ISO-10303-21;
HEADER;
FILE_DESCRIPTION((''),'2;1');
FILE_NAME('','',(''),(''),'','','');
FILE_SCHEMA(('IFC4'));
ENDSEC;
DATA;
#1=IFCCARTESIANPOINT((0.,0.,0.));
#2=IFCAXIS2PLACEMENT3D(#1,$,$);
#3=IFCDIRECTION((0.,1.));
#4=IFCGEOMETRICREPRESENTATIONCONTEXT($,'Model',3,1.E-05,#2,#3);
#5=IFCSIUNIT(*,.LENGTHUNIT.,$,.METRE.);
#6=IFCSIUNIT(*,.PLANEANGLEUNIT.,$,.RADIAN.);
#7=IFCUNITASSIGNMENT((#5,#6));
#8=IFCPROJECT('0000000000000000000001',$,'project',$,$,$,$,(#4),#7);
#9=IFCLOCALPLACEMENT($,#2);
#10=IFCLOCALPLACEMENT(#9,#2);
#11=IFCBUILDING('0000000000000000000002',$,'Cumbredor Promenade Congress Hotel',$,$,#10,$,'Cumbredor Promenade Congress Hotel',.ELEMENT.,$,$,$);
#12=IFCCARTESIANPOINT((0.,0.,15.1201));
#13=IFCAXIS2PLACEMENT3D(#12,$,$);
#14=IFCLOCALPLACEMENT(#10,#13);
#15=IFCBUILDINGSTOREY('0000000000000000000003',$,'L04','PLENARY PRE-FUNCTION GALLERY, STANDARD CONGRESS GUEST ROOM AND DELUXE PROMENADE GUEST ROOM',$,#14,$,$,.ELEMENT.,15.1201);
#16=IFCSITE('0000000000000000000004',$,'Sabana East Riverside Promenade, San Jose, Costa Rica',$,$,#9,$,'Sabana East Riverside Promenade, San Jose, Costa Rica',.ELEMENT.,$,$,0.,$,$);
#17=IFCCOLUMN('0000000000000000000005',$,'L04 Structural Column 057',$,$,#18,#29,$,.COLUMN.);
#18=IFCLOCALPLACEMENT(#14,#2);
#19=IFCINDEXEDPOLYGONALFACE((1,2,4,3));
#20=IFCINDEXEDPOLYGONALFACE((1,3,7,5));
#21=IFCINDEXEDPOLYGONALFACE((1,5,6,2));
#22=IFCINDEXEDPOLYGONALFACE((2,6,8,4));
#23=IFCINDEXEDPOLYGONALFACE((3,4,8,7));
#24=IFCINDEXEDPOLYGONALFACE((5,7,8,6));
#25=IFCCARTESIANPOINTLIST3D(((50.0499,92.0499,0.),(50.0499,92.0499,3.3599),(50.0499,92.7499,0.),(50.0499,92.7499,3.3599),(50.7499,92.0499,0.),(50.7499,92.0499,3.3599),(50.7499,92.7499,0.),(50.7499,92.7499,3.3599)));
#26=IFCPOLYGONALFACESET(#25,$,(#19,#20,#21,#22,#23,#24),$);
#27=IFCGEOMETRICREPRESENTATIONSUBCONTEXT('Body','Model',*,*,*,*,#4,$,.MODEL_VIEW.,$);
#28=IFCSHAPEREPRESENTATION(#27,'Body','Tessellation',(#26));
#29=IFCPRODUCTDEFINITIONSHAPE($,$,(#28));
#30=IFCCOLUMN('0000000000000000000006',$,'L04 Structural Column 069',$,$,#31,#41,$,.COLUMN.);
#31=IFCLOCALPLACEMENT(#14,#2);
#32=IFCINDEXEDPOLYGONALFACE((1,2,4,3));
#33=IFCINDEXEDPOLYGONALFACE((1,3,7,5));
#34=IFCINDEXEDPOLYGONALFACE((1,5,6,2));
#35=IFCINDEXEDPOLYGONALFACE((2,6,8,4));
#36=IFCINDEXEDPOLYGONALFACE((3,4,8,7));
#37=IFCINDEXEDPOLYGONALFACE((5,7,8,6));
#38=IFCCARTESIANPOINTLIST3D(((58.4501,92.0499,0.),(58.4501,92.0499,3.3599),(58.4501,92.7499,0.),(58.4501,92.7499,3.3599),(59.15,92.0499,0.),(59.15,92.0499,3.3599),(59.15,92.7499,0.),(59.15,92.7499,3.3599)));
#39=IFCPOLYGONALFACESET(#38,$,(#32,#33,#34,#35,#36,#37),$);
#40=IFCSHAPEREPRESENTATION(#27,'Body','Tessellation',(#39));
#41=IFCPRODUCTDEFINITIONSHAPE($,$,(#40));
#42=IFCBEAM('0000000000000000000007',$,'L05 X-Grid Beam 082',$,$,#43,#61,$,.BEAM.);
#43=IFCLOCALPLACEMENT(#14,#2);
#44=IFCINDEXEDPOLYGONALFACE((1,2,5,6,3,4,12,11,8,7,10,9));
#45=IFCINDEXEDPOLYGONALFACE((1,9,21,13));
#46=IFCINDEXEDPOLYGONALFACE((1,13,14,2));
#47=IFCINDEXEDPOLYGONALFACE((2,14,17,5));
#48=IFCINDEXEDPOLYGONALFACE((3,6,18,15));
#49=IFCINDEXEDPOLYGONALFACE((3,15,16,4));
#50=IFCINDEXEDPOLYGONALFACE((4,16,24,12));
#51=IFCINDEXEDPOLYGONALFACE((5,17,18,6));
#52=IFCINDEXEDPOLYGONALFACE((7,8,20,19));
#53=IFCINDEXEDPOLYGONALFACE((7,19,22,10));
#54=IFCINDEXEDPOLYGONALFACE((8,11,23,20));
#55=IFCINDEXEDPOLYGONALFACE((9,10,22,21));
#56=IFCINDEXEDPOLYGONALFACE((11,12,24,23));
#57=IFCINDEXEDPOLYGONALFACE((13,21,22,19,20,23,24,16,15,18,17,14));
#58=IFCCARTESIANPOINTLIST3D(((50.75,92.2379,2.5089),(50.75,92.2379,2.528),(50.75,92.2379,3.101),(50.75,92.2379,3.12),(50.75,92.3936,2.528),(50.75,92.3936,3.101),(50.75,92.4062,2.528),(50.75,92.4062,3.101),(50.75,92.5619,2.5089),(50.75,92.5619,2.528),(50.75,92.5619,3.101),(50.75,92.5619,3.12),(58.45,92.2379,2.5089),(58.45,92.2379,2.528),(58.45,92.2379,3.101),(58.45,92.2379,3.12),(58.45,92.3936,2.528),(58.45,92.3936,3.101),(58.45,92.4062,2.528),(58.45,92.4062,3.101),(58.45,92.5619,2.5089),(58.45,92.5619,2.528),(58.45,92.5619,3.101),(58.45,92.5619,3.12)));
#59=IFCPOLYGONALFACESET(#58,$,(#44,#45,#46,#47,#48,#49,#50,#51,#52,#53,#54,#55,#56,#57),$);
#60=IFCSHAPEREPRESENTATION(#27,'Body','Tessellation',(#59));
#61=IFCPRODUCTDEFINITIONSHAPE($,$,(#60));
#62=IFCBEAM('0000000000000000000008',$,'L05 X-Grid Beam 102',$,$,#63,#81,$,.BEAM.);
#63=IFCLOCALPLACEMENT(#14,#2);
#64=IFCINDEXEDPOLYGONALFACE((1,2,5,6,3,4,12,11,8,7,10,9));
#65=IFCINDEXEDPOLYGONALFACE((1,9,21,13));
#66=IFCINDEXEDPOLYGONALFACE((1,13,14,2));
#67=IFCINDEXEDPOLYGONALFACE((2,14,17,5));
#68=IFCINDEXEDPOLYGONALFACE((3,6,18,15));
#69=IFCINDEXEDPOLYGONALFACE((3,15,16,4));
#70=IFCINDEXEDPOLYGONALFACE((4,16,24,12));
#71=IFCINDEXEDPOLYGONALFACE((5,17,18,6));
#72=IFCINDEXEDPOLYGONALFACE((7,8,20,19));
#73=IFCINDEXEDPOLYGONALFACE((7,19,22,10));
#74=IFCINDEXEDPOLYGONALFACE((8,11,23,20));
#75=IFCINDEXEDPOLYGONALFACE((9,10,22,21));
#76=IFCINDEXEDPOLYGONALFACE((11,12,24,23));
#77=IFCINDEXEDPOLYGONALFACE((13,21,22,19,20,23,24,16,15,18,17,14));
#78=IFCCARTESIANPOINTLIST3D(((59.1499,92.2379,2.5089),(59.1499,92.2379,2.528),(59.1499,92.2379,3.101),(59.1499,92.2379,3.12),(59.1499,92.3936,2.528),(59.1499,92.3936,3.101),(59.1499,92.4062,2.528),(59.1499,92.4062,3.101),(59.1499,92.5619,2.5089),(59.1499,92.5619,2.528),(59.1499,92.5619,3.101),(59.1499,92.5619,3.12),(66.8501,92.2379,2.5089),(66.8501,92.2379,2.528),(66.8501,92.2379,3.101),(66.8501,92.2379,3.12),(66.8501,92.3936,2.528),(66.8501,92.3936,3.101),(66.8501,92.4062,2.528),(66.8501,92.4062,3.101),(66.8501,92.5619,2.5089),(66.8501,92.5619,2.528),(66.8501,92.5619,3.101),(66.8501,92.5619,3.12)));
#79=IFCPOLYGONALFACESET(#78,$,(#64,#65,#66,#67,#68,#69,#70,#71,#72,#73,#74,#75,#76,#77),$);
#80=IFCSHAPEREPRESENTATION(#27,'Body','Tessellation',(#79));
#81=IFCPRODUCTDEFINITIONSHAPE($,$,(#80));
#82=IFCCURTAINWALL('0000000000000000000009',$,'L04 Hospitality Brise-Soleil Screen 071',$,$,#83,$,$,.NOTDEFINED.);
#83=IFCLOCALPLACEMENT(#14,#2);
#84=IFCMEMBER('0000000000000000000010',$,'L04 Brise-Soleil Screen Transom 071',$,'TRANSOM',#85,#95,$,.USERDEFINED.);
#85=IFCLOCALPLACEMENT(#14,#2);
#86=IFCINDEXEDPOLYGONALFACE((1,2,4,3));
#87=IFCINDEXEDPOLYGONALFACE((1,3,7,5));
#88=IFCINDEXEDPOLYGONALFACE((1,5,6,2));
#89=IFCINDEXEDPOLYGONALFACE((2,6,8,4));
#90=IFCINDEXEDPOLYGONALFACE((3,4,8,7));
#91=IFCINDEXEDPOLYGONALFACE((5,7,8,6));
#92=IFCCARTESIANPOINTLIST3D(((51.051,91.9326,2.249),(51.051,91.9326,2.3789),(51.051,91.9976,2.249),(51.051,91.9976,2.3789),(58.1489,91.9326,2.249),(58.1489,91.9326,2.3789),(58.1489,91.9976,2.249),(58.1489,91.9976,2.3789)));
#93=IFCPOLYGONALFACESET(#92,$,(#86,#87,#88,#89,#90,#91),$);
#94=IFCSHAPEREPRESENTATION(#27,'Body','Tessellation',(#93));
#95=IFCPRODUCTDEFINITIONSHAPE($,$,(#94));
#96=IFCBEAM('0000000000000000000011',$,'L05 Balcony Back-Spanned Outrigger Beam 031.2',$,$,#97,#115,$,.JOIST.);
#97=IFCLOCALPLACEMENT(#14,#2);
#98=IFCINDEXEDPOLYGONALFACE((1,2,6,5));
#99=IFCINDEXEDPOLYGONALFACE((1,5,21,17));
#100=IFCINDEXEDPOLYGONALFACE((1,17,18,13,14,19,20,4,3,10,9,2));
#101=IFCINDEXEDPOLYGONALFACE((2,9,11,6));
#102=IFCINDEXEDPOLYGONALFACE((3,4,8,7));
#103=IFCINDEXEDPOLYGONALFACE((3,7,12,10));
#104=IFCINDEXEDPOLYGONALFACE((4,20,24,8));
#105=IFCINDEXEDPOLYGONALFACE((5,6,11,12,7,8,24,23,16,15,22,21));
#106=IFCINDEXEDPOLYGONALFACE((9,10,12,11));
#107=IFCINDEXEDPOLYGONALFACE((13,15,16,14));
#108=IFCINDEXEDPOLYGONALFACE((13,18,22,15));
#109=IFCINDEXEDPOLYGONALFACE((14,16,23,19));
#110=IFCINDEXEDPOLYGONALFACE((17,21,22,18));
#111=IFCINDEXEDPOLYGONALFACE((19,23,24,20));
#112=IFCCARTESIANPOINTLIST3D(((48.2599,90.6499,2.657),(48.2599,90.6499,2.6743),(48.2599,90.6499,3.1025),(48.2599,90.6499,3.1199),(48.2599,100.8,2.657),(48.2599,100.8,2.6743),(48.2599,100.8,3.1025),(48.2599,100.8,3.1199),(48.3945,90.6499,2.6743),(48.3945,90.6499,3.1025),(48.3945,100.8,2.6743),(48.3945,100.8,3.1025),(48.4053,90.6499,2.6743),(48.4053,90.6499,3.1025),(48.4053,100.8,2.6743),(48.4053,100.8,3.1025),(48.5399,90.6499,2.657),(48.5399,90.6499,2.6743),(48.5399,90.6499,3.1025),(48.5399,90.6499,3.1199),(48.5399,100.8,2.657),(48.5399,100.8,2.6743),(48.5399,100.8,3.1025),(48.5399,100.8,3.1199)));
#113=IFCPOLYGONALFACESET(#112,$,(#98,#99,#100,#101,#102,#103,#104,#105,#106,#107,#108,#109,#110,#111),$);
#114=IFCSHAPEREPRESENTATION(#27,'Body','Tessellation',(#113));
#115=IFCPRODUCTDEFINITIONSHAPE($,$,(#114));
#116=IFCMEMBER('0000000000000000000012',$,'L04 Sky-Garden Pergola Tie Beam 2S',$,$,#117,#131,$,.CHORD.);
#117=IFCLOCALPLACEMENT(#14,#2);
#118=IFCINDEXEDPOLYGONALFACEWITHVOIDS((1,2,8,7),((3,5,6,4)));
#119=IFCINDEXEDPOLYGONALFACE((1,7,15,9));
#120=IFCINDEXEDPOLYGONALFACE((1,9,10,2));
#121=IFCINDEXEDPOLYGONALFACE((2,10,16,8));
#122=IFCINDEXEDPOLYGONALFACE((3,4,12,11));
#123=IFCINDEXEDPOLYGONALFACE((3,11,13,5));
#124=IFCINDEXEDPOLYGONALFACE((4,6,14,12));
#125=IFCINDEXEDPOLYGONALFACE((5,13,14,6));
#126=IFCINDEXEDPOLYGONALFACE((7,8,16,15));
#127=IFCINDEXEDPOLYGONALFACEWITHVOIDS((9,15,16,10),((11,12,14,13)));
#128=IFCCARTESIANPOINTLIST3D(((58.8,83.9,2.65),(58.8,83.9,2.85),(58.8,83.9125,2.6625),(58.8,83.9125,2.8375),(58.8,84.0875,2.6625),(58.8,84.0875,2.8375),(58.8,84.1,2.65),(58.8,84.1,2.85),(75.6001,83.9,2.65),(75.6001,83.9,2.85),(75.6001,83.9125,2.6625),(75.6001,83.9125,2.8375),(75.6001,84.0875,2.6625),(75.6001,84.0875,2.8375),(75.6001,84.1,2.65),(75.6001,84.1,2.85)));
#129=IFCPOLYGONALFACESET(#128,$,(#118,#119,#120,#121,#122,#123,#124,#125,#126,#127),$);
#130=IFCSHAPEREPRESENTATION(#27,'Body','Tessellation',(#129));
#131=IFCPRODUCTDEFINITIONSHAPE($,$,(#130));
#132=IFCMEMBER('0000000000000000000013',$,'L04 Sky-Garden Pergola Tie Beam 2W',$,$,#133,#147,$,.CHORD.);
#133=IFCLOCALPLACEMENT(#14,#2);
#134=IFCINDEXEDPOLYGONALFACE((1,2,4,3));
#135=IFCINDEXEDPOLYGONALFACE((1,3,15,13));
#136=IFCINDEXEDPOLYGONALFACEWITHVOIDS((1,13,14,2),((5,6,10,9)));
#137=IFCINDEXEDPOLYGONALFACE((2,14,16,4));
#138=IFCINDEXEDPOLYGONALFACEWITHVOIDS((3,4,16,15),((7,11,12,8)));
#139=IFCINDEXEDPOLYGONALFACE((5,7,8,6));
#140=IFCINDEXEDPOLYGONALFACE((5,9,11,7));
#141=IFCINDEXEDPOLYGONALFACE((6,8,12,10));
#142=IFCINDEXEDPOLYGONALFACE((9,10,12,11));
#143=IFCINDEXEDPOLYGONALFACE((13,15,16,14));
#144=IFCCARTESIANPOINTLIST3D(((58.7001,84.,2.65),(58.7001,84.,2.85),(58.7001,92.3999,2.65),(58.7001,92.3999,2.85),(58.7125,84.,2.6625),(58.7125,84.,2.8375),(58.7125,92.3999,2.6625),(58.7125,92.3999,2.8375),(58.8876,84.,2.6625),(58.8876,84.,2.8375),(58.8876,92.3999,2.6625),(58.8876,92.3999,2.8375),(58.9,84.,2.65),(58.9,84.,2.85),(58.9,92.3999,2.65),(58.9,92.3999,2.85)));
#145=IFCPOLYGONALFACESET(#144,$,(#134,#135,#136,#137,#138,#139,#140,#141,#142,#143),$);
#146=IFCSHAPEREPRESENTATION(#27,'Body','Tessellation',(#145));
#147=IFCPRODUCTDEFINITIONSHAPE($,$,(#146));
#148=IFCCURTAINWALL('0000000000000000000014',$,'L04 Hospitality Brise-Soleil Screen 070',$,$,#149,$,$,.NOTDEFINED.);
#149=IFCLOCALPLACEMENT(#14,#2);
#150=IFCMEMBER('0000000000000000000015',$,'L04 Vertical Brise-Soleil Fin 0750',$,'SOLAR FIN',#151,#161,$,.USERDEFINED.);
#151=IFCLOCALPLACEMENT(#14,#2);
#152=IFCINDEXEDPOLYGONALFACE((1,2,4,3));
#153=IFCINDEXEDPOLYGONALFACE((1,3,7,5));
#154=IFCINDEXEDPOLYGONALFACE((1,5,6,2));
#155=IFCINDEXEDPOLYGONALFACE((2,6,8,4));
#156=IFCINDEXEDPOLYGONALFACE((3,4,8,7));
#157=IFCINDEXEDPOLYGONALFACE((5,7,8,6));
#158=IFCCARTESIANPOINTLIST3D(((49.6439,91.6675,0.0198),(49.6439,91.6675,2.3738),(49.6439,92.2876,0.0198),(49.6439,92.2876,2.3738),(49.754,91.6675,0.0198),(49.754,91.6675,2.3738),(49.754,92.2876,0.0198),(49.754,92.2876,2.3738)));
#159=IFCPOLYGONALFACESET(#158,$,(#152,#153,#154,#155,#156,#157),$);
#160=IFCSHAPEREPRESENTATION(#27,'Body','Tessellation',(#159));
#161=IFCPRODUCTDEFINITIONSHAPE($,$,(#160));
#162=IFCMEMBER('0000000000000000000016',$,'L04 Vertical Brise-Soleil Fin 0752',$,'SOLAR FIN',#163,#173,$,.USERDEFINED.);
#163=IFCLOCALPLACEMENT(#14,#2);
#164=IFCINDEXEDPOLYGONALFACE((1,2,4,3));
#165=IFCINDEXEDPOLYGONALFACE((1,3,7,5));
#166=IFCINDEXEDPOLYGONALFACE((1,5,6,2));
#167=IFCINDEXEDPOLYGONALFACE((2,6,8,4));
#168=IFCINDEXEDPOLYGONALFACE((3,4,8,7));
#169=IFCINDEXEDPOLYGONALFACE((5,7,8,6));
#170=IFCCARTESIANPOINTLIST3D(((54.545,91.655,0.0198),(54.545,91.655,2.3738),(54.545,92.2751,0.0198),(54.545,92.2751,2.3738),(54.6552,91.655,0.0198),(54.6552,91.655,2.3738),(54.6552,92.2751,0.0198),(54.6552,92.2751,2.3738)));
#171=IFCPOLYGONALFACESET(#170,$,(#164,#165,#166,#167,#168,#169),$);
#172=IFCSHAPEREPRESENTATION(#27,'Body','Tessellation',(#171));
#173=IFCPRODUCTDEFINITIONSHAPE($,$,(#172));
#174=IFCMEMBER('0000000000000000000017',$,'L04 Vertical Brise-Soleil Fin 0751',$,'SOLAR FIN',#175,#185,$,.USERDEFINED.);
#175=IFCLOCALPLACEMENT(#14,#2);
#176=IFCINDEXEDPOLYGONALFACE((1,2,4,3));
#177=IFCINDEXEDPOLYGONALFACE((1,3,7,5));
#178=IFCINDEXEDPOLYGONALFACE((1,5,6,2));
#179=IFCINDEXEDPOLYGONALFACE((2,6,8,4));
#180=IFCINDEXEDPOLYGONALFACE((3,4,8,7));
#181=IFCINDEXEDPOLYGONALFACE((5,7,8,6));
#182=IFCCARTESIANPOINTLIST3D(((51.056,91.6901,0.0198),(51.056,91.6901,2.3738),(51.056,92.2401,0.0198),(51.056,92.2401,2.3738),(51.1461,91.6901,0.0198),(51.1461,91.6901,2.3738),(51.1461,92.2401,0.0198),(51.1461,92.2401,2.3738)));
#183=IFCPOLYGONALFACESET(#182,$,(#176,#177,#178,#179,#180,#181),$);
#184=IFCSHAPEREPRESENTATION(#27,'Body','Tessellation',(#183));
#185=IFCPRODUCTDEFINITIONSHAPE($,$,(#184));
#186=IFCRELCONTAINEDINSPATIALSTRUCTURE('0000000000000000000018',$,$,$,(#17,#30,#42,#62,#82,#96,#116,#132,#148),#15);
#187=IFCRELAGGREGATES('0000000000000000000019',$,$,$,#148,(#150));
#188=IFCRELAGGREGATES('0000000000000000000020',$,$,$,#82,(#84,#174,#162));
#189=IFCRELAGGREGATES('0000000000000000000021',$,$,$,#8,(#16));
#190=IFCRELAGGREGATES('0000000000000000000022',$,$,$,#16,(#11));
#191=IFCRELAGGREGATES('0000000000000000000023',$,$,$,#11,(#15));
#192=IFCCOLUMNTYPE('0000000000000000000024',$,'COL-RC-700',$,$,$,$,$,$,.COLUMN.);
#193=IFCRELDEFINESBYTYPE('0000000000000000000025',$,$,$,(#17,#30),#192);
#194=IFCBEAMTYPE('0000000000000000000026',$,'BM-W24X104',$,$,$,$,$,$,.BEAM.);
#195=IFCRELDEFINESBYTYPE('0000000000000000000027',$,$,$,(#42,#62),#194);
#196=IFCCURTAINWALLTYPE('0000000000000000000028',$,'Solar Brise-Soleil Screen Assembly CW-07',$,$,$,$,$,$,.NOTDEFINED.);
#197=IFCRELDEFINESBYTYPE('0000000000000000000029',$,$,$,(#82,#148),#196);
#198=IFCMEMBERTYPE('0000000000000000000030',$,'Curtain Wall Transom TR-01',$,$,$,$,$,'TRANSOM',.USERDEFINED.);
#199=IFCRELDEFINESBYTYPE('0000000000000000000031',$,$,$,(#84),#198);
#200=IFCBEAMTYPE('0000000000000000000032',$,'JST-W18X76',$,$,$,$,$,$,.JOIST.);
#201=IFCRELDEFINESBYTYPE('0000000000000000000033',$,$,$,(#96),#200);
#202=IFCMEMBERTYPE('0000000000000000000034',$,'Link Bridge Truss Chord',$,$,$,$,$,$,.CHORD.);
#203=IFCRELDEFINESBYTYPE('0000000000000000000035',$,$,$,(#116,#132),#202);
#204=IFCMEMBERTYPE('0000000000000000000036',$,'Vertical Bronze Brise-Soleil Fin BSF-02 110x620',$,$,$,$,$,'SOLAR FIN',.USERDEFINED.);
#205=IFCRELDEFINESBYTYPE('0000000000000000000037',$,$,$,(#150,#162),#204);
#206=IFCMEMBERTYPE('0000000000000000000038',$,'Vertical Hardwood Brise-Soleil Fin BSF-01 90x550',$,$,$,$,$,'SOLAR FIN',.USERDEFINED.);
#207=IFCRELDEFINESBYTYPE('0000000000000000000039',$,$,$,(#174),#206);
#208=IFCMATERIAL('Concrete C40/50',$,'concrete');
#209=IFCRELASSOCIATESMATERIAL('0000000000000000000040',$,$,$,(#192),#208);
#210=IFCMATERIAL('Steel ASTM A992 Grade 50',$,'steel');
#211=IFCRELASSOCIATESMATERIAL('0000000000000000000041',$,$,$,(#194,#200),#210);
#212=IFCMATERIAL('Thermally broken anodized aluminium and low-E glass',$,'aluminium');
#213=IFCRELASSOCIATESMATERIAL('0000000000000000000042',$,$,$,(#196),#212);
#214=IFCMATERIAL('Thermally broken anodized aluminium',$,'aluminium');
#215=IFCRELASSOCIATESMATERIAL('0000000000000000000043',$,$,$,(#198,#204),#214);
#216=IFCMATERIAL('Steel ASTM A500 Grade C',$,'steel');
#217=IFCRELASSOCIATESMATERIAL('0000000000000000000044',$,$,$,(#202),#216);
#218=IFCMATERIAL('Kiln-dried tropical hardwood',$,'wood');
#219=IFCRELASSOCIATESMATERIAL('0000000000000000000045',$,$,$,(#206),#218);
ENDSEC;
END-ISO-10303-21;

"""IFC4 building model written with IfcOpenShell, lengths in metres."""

from ifc_helpers import new_model, si_unit, direction, frame, origin, origin_2d, place, context, subcontext, project, spatial, rectangle, hollow_rectangle, i_section, extrude, material, material_profile, profile_set, type_object, element, aggregate, save


model = new_model("IFC4")

# Units and contexts
model_context = context("Model", 3, precision=1e-05, world=origin(), true_north=direction((0.0, 1.0)))
body_context = subcontext(model_context, "Body", "Model", "MODEL_VIEW")
ifc_project = project(units=[si_unit("LENGTHUNIT", "METRE"), si_unit("PLANEANGLEUNIT", "RADIAN")], contexts=[model_context])

# Site, building, storey
site_placement = place(None, origin())
site = spatial("IfcSite", under=ifc_project, at=site_placement, Name="Sabana East Riverside Promenade, San Jose, Costa Rica", LongName="Sabana East Riverside Promenade, San Jose, Costa Rica", CompositionType="ELEMENT", RefElevation=0.0)
building_placement = place(site_placement, origin())
building = spatial("IfcBuilding", under=site, at=building_placement, Name="Cumbredor Promenade Congress Hotel", LongName="Cumbredor Promenade Congress Hotel", CompositionType="ELEMENT")
storey_placement = place(building_placement, frame((0.0, 0.0, 15.1201)))
storey = spatial("IfcBuildingStorey", under=building, at=storey_placement, Name="L04", Description="PLENARY PRE-FUNCTION GALLERY, STANDARD CONGRESS GUEST ROOM AND DELUXE PROMENADE GUEST ROOM", CompositionType="ELEMENT", Elevation=15.1201)

# Columns
ifc_material_1 = material(Name="Concrete C40/50", Category="concrete")
ifc_material_profile_1 = material_profile(ifc_material_1, rectangle(XDim=0.7, YDim=0.7, at=origin_2d()), Name="RC 700x700")
ifc_profile_set_1 = profile_set([ifc_material_profile_1], Name="Concrete C40/50")
column_type = type_object("IfcColumnType", Name="COL-RC-700", PredefinedType="COLUMN", material=ifc_profile_set_1)
for number, where, z_axis, x_axis, name in (
    (1, (50.3999, 92.3999, 0.0), (0.0, 0.0, 1.0), (1.0, 0.0, 0.0), "L04 Structural Column 057"),
    (2, (58.8, 92.3999, 0.0), (0.0, 0.0, 1.0), (1.0, 0.0, 0.0), "L04 Structural Column 069"),
):
    element("IfcColumn", number, at=place(storey_placement, frame(where, z_axis=z_axis, x_axis=x_axis)), inside=storey, type_object=column_type, Name=name, PredefinedType="COLUMN", context=body_context, shape_type="SweptSolid", body=[
        extrude(rectangle(XDim=0.7, YDim=0.7, at=origin_2d()), origin(), (0.0, 0.0, 1.0), 3.3599),
    ])

# Beams
ifc_material_2 = material(Name="Steel ASTM A992 Grade 50", Category="steel")
ifc_material_profile_2 = material_profile(ifc_material_2, i_section(OverallWidth=0.324, OverallDepth=0.6111, WebThickness=0.0127, FlangeThickness=0.019, at=origin_2d()), Name="W24X104")
ifc_profile_set_2 = profile_set([ifc_material_profile_2], Name="Steel ASTM A992 Grade 50")
beam_type_1 = type_object("IfcBeamType", Name="BM-W24X104", PredefinedType="BEAM", material=ifc_profile_set_2)
beam_1_placement = place(storey_placement, frame((50.75, 92.3999, 2.8145), z_axis=(1.0, 0.0, 0.0), x_axis=(0.0, 1.0, 0.0)))
element("IfcBeam", 3, at=beam_1_placement, inside=storey, type_object=beam_type_1, Name="L05 X-Grid Beam 082", PredefinedType="BEAM", context=body_context, shape_type="SweptSolid", body=[
    extrude(i_section(OverallWidth=0.324, OverallDepth=0.6111, WebThickness=0.0127, FlangeThickness=0.019, at=origin_2d()), origin(), (0.0, 0.0, 1.0), 7.7),
])
beam_2_placement = place(storey_placement, frame((59.1499, 92.3999, 2.8145), z_axis=(1.0, 0.0, 0.0), x_axis=(0.0, 1.0, 0.0)))
element("IfcBeam", 4, at=beam_2_placement, inside=storey, type_object=beam_type_1, Name="L05 X-Grid Beam 102", PredefinedType="BEAM", context=body_context, shape_type="SweptSolid", body=[
    extrude(i_section(OverallWidth=0.324, OverallDepth=0.6111, WebThickness=0.0127, FlangeThickness=0.019, at=origin_2d()), origin(), (0.0, 0.0, 1.0), 7.7002),
])

# Curtain wall, member
ifc_material_3 = material(Name="Thermally broken anodized aluminium and low-E glass", Category="aluminium")
curtain_wall_type = type_object("IfcCurtainWallType", Name="Solar Brise-Soleil Screen Assembly CW-07", PredefinedType="NOTDEFINED", material=ifc_material_3)
curtain_wall_1_placement = place(storey_placement, origin())
curtain_wall_1 = element("IfcCurtainWall", 5, at=curtain_wall_1_placement, inside=storey, type_object=curtain_wall_type, Name="L04 Hospitality Brise-Soleil Screen 071", PredefinedType="NOTDEFINED")
ifc_material_4 = material(Name="Thermally broken anodized aluminium", Category="aluminium")
ifc_material_profile_3 = material_profile(ifc_material_4, rectangle(XDim=0.0649, YDim=0.1299, at=origin_2d()), Name="ALU TRANSOM 65x130")
ifc_profile_set_3 = profile_set([ifc_material_profile_3], Name="Thermally broken anodized aluminium")
member_type_1 = type_object("IfcMemberType", Name="Curtain Wall Transom TR-01", ElementType="TRANSOM", PredefinedType="USERDEFINED", material=ifc_profile_set_3)
member_1_placement = place(storey_placement, frame((51.051, 91.9651, 2.314), z_axis=(1.0, 0.0, 0.0), x_axis=(0.0, 1.0, 0.0)))
member_1 = element("IfcMember", 6, at=member_1_placement, type_object=member_type_1, Name="L04 Brise-Soleil Screen Transom 071", ObjectType="TRANSOM", PredefinedType="USERDEFINED", context=body_context, shape_type="SweptSolid", body=[
    extrude(rectangle(XDim=0.0649, YDim=0.1299, at=origin_2d()), origin(), (0.0, 0.0, 1.0), 7.0979),
])

# Beam
ifc_material_profile_4 = material_profile(ifc_material_2, i_section(OverallWidth=0.28, OverallDepth=0.4629, WebThickness=0.0107, FlangeThickness=0.0173, at=origin_2d()), Name="W18X76")
ifc_profile_set_4 = profile_set([ifc_material_profile_4], Name="Steel ASTM A992 Grade 50")
beam_type_2 = type_object("IfcBeamType", Name="JST-W18X76", PredefinedType="JOIST", material=ifc_profile_set_4)
beam_3_placement = place(storey_placement, frame((48.3999, 90.6499, 2.8884), z_axis=(0.0, 1.0, 0.0), x_axis=(-1.0, 0.0, 0.0)))
element("IfcBeam", 7, at=beam_3_placement, inside=storey, type_object=beam_type_2, Name="L05 Balcony Back-Spanned Outrigger Beam 031.2", PredefinedType="JOIST", context=body_context, shape_type="SweptSolid", body=[
    extrude(i_section(OverallWidth=0.28, OverallDepth=0.4629, WebThickness=0.0107, FlangeThickness=0.0173, at=origin_2d()), origin(), (0.0, 0.0, 1.0), 10.1501),
])

# Members
ifc_material_5 = material(Name="Steel ASTM A500 Grade C", Category="steel")
ifc_material_profile_5 = material_profile(ifc_material_5, hollow_rectangle(XDim=0.2, YDim=0.2, WallThickness=0.0125, at=origin_2d()), Name="HSS 200x200x12.5")
ifc_profile_set_5 = profile_set([ifc_material_profile_5], Name="Steel ASTM A500 Grade C")
member_type_2 = type_object("IfcMemberType", Name="Link Bridge Truss Chord", PredefinedType="CHORD", material=ifc_profile_set_5)
member_2_placement = place(storey_placement, frame((58.8, 84.0, 2.75), z_axis=(1.0, 0.0, 0.0), x_axis=(0.0, 1.0, 0.0)))
element("IfcMember", 8, at=member_2_placement, inside=storey, type_object=member_type_2, Name="L04 Sky-Garden Pergola Tie Beam 2S", PredefinedType="CHORD", context=body_context, shape_type="SweptSolid", body=[
    extrude(hollow_rectangle(XDim=0.2, YDim=0.2, WallThickness=0.0125, at=origin_2d()), origin(), (0.0, 0.0, 1.0), 16.8),
])
member_3_placement = place(storey_placement, frame((58.8, 84.0, 2.75), z_axis=(0.0, 1.0, 0.0), x_axis=(-1.0, 0.0, 0.0)))
element("IfcMember", 9, at=member_3_placement, inside=storey, type_object=member_type_2, Name="L04 Sky-Garden Pergola Tie Beam 2W", PredefinedType="CHORD", context=body_context, shape_type="SweptSolid", body=[
    extrude(hollow_rectangle(XDim=0.2, YDim=0.2, WallThickness=0.0125, at=origin_2d()), origin(), (0.0, 0.0, 1.0), 8.3999),
])

# Curtain wall, member
curtain_wall_2_placement = place(storey_placement, origin())
curtain_wall_2 = element("IfcCurtainWall", 10, at=curtain_wall_2_placement, inside=storey, type_object=curtain_wall_type, Name="L04 Hospitality Brise-Soleil Screen 070", PredefinedType="NOTDEFINED")
ifc_material_profile_6 = material_profile(ifc_material_4, rectangle(XDim=0.1101, YDim=0.6201, at=origin_2d()), Name="ARCH FIN 110x620")
ifc_profile_set_6 = profile_set([ifc_material_profile_6], Name="Thermally broken anodized aluminium")
member_type_3 = type_object("IfcMemberType", Name="Vertical Bronze Brise-Soleil Fin BSF-02 110x620", ElementType="SOLAR FIN", PredefinedType="USERDEFINED", material=ifc_profile_set_6)
member_4_placement = place(storey_placement, frame((49.699, 91.9775, 0.0198), z_axis=(0.0, 0.0, 1.0), x_axis=(1.0, 0.0, 0.0)))
member_4 = element("IfcMember", 11, at=member_4_placement, type_object=member_type_3, Name="L04 Vertical Brise-Soleil Fin 0750", ObjectType="SOLAR FIN", PredefinedType="USERDEFINED", context=body_context, shape_type="SweptSolid", body=[
    extrude(rectangle(XDim=0.1101, YDim=0.6201, at=origin_2d()), origin(), (0.0, 0.0, 1.0), 2.354),
])
aggregate(curtain_wall_2, [member_4])

# Members
member_5_placement = place(storey_placement, frame((54.6001, 91.9651, 0.0198), z_axis=(0.0, 0.0, 1.0), x_axis=(1.0, 0.0, 0.0)))
member_5 = element("IfcMember", 12, at=member_5_placement, type_object=member_type_3, Name="L04 Vertical Brise-Soleil Fin 0752", ObjectType="SOLAR FIN", PredefinedType="USERDEFINED", context=body_context, shape_type="SweptSolid", body=[
    extrude(rectangle(XDim=0.1101, YDim=0.6201, at=origin_2d()), origin(), (0.0, 0.0, 1.0), 2.354),
])
ifc_material_6 = material(Name="Kiln-dried tropical hardwood", Category="wood")
ifc_material_profile_7 = material_profile(ifc_material_6, rectangle(XDim=0.0901, YDim=0.55, at=origin_2d()), Name="ARCH FIN 90x550")
ifc_profile_set_7 = profile_set([ifc_material_profile_7], Name="Kiln-dried tropical hardwood")
member_type_4 = type_object("IfcMemberType", Name="Vertical Hardwood Brise-Soleil Fin BSF-01 90x550", ElementType="SOLAR FIN", PredefinedType="USERDEFINED", material=ifc_profile_set_7)
member_6_placement = place(storey_placement, frame((51.1011, 91.9651, 0.0198), z_axis=(0.0, 0.0, 1.0), x_axis=(1.0, 0.0, 0.0)))
member_6 = element("IfcMember", 13, at=member_6_placement, type_object=member_type_4, Name="L04 Vertical Brise-Soleil Fin 0751", ObjectType="SOLAR FIN", PredefinedType="USERDEFINED", context=body_context, shape_type="SweptSolid", body=[
    extrude(rectangle(XDim=0.0901, YDim=0.55, at=origin_2d()), origin(), (0.0, 0.0, 1.0), 2.354),
])

aggregate(curtain_wall_1, [member_1, member_6, member_5])

save(model, "model.ifc")
